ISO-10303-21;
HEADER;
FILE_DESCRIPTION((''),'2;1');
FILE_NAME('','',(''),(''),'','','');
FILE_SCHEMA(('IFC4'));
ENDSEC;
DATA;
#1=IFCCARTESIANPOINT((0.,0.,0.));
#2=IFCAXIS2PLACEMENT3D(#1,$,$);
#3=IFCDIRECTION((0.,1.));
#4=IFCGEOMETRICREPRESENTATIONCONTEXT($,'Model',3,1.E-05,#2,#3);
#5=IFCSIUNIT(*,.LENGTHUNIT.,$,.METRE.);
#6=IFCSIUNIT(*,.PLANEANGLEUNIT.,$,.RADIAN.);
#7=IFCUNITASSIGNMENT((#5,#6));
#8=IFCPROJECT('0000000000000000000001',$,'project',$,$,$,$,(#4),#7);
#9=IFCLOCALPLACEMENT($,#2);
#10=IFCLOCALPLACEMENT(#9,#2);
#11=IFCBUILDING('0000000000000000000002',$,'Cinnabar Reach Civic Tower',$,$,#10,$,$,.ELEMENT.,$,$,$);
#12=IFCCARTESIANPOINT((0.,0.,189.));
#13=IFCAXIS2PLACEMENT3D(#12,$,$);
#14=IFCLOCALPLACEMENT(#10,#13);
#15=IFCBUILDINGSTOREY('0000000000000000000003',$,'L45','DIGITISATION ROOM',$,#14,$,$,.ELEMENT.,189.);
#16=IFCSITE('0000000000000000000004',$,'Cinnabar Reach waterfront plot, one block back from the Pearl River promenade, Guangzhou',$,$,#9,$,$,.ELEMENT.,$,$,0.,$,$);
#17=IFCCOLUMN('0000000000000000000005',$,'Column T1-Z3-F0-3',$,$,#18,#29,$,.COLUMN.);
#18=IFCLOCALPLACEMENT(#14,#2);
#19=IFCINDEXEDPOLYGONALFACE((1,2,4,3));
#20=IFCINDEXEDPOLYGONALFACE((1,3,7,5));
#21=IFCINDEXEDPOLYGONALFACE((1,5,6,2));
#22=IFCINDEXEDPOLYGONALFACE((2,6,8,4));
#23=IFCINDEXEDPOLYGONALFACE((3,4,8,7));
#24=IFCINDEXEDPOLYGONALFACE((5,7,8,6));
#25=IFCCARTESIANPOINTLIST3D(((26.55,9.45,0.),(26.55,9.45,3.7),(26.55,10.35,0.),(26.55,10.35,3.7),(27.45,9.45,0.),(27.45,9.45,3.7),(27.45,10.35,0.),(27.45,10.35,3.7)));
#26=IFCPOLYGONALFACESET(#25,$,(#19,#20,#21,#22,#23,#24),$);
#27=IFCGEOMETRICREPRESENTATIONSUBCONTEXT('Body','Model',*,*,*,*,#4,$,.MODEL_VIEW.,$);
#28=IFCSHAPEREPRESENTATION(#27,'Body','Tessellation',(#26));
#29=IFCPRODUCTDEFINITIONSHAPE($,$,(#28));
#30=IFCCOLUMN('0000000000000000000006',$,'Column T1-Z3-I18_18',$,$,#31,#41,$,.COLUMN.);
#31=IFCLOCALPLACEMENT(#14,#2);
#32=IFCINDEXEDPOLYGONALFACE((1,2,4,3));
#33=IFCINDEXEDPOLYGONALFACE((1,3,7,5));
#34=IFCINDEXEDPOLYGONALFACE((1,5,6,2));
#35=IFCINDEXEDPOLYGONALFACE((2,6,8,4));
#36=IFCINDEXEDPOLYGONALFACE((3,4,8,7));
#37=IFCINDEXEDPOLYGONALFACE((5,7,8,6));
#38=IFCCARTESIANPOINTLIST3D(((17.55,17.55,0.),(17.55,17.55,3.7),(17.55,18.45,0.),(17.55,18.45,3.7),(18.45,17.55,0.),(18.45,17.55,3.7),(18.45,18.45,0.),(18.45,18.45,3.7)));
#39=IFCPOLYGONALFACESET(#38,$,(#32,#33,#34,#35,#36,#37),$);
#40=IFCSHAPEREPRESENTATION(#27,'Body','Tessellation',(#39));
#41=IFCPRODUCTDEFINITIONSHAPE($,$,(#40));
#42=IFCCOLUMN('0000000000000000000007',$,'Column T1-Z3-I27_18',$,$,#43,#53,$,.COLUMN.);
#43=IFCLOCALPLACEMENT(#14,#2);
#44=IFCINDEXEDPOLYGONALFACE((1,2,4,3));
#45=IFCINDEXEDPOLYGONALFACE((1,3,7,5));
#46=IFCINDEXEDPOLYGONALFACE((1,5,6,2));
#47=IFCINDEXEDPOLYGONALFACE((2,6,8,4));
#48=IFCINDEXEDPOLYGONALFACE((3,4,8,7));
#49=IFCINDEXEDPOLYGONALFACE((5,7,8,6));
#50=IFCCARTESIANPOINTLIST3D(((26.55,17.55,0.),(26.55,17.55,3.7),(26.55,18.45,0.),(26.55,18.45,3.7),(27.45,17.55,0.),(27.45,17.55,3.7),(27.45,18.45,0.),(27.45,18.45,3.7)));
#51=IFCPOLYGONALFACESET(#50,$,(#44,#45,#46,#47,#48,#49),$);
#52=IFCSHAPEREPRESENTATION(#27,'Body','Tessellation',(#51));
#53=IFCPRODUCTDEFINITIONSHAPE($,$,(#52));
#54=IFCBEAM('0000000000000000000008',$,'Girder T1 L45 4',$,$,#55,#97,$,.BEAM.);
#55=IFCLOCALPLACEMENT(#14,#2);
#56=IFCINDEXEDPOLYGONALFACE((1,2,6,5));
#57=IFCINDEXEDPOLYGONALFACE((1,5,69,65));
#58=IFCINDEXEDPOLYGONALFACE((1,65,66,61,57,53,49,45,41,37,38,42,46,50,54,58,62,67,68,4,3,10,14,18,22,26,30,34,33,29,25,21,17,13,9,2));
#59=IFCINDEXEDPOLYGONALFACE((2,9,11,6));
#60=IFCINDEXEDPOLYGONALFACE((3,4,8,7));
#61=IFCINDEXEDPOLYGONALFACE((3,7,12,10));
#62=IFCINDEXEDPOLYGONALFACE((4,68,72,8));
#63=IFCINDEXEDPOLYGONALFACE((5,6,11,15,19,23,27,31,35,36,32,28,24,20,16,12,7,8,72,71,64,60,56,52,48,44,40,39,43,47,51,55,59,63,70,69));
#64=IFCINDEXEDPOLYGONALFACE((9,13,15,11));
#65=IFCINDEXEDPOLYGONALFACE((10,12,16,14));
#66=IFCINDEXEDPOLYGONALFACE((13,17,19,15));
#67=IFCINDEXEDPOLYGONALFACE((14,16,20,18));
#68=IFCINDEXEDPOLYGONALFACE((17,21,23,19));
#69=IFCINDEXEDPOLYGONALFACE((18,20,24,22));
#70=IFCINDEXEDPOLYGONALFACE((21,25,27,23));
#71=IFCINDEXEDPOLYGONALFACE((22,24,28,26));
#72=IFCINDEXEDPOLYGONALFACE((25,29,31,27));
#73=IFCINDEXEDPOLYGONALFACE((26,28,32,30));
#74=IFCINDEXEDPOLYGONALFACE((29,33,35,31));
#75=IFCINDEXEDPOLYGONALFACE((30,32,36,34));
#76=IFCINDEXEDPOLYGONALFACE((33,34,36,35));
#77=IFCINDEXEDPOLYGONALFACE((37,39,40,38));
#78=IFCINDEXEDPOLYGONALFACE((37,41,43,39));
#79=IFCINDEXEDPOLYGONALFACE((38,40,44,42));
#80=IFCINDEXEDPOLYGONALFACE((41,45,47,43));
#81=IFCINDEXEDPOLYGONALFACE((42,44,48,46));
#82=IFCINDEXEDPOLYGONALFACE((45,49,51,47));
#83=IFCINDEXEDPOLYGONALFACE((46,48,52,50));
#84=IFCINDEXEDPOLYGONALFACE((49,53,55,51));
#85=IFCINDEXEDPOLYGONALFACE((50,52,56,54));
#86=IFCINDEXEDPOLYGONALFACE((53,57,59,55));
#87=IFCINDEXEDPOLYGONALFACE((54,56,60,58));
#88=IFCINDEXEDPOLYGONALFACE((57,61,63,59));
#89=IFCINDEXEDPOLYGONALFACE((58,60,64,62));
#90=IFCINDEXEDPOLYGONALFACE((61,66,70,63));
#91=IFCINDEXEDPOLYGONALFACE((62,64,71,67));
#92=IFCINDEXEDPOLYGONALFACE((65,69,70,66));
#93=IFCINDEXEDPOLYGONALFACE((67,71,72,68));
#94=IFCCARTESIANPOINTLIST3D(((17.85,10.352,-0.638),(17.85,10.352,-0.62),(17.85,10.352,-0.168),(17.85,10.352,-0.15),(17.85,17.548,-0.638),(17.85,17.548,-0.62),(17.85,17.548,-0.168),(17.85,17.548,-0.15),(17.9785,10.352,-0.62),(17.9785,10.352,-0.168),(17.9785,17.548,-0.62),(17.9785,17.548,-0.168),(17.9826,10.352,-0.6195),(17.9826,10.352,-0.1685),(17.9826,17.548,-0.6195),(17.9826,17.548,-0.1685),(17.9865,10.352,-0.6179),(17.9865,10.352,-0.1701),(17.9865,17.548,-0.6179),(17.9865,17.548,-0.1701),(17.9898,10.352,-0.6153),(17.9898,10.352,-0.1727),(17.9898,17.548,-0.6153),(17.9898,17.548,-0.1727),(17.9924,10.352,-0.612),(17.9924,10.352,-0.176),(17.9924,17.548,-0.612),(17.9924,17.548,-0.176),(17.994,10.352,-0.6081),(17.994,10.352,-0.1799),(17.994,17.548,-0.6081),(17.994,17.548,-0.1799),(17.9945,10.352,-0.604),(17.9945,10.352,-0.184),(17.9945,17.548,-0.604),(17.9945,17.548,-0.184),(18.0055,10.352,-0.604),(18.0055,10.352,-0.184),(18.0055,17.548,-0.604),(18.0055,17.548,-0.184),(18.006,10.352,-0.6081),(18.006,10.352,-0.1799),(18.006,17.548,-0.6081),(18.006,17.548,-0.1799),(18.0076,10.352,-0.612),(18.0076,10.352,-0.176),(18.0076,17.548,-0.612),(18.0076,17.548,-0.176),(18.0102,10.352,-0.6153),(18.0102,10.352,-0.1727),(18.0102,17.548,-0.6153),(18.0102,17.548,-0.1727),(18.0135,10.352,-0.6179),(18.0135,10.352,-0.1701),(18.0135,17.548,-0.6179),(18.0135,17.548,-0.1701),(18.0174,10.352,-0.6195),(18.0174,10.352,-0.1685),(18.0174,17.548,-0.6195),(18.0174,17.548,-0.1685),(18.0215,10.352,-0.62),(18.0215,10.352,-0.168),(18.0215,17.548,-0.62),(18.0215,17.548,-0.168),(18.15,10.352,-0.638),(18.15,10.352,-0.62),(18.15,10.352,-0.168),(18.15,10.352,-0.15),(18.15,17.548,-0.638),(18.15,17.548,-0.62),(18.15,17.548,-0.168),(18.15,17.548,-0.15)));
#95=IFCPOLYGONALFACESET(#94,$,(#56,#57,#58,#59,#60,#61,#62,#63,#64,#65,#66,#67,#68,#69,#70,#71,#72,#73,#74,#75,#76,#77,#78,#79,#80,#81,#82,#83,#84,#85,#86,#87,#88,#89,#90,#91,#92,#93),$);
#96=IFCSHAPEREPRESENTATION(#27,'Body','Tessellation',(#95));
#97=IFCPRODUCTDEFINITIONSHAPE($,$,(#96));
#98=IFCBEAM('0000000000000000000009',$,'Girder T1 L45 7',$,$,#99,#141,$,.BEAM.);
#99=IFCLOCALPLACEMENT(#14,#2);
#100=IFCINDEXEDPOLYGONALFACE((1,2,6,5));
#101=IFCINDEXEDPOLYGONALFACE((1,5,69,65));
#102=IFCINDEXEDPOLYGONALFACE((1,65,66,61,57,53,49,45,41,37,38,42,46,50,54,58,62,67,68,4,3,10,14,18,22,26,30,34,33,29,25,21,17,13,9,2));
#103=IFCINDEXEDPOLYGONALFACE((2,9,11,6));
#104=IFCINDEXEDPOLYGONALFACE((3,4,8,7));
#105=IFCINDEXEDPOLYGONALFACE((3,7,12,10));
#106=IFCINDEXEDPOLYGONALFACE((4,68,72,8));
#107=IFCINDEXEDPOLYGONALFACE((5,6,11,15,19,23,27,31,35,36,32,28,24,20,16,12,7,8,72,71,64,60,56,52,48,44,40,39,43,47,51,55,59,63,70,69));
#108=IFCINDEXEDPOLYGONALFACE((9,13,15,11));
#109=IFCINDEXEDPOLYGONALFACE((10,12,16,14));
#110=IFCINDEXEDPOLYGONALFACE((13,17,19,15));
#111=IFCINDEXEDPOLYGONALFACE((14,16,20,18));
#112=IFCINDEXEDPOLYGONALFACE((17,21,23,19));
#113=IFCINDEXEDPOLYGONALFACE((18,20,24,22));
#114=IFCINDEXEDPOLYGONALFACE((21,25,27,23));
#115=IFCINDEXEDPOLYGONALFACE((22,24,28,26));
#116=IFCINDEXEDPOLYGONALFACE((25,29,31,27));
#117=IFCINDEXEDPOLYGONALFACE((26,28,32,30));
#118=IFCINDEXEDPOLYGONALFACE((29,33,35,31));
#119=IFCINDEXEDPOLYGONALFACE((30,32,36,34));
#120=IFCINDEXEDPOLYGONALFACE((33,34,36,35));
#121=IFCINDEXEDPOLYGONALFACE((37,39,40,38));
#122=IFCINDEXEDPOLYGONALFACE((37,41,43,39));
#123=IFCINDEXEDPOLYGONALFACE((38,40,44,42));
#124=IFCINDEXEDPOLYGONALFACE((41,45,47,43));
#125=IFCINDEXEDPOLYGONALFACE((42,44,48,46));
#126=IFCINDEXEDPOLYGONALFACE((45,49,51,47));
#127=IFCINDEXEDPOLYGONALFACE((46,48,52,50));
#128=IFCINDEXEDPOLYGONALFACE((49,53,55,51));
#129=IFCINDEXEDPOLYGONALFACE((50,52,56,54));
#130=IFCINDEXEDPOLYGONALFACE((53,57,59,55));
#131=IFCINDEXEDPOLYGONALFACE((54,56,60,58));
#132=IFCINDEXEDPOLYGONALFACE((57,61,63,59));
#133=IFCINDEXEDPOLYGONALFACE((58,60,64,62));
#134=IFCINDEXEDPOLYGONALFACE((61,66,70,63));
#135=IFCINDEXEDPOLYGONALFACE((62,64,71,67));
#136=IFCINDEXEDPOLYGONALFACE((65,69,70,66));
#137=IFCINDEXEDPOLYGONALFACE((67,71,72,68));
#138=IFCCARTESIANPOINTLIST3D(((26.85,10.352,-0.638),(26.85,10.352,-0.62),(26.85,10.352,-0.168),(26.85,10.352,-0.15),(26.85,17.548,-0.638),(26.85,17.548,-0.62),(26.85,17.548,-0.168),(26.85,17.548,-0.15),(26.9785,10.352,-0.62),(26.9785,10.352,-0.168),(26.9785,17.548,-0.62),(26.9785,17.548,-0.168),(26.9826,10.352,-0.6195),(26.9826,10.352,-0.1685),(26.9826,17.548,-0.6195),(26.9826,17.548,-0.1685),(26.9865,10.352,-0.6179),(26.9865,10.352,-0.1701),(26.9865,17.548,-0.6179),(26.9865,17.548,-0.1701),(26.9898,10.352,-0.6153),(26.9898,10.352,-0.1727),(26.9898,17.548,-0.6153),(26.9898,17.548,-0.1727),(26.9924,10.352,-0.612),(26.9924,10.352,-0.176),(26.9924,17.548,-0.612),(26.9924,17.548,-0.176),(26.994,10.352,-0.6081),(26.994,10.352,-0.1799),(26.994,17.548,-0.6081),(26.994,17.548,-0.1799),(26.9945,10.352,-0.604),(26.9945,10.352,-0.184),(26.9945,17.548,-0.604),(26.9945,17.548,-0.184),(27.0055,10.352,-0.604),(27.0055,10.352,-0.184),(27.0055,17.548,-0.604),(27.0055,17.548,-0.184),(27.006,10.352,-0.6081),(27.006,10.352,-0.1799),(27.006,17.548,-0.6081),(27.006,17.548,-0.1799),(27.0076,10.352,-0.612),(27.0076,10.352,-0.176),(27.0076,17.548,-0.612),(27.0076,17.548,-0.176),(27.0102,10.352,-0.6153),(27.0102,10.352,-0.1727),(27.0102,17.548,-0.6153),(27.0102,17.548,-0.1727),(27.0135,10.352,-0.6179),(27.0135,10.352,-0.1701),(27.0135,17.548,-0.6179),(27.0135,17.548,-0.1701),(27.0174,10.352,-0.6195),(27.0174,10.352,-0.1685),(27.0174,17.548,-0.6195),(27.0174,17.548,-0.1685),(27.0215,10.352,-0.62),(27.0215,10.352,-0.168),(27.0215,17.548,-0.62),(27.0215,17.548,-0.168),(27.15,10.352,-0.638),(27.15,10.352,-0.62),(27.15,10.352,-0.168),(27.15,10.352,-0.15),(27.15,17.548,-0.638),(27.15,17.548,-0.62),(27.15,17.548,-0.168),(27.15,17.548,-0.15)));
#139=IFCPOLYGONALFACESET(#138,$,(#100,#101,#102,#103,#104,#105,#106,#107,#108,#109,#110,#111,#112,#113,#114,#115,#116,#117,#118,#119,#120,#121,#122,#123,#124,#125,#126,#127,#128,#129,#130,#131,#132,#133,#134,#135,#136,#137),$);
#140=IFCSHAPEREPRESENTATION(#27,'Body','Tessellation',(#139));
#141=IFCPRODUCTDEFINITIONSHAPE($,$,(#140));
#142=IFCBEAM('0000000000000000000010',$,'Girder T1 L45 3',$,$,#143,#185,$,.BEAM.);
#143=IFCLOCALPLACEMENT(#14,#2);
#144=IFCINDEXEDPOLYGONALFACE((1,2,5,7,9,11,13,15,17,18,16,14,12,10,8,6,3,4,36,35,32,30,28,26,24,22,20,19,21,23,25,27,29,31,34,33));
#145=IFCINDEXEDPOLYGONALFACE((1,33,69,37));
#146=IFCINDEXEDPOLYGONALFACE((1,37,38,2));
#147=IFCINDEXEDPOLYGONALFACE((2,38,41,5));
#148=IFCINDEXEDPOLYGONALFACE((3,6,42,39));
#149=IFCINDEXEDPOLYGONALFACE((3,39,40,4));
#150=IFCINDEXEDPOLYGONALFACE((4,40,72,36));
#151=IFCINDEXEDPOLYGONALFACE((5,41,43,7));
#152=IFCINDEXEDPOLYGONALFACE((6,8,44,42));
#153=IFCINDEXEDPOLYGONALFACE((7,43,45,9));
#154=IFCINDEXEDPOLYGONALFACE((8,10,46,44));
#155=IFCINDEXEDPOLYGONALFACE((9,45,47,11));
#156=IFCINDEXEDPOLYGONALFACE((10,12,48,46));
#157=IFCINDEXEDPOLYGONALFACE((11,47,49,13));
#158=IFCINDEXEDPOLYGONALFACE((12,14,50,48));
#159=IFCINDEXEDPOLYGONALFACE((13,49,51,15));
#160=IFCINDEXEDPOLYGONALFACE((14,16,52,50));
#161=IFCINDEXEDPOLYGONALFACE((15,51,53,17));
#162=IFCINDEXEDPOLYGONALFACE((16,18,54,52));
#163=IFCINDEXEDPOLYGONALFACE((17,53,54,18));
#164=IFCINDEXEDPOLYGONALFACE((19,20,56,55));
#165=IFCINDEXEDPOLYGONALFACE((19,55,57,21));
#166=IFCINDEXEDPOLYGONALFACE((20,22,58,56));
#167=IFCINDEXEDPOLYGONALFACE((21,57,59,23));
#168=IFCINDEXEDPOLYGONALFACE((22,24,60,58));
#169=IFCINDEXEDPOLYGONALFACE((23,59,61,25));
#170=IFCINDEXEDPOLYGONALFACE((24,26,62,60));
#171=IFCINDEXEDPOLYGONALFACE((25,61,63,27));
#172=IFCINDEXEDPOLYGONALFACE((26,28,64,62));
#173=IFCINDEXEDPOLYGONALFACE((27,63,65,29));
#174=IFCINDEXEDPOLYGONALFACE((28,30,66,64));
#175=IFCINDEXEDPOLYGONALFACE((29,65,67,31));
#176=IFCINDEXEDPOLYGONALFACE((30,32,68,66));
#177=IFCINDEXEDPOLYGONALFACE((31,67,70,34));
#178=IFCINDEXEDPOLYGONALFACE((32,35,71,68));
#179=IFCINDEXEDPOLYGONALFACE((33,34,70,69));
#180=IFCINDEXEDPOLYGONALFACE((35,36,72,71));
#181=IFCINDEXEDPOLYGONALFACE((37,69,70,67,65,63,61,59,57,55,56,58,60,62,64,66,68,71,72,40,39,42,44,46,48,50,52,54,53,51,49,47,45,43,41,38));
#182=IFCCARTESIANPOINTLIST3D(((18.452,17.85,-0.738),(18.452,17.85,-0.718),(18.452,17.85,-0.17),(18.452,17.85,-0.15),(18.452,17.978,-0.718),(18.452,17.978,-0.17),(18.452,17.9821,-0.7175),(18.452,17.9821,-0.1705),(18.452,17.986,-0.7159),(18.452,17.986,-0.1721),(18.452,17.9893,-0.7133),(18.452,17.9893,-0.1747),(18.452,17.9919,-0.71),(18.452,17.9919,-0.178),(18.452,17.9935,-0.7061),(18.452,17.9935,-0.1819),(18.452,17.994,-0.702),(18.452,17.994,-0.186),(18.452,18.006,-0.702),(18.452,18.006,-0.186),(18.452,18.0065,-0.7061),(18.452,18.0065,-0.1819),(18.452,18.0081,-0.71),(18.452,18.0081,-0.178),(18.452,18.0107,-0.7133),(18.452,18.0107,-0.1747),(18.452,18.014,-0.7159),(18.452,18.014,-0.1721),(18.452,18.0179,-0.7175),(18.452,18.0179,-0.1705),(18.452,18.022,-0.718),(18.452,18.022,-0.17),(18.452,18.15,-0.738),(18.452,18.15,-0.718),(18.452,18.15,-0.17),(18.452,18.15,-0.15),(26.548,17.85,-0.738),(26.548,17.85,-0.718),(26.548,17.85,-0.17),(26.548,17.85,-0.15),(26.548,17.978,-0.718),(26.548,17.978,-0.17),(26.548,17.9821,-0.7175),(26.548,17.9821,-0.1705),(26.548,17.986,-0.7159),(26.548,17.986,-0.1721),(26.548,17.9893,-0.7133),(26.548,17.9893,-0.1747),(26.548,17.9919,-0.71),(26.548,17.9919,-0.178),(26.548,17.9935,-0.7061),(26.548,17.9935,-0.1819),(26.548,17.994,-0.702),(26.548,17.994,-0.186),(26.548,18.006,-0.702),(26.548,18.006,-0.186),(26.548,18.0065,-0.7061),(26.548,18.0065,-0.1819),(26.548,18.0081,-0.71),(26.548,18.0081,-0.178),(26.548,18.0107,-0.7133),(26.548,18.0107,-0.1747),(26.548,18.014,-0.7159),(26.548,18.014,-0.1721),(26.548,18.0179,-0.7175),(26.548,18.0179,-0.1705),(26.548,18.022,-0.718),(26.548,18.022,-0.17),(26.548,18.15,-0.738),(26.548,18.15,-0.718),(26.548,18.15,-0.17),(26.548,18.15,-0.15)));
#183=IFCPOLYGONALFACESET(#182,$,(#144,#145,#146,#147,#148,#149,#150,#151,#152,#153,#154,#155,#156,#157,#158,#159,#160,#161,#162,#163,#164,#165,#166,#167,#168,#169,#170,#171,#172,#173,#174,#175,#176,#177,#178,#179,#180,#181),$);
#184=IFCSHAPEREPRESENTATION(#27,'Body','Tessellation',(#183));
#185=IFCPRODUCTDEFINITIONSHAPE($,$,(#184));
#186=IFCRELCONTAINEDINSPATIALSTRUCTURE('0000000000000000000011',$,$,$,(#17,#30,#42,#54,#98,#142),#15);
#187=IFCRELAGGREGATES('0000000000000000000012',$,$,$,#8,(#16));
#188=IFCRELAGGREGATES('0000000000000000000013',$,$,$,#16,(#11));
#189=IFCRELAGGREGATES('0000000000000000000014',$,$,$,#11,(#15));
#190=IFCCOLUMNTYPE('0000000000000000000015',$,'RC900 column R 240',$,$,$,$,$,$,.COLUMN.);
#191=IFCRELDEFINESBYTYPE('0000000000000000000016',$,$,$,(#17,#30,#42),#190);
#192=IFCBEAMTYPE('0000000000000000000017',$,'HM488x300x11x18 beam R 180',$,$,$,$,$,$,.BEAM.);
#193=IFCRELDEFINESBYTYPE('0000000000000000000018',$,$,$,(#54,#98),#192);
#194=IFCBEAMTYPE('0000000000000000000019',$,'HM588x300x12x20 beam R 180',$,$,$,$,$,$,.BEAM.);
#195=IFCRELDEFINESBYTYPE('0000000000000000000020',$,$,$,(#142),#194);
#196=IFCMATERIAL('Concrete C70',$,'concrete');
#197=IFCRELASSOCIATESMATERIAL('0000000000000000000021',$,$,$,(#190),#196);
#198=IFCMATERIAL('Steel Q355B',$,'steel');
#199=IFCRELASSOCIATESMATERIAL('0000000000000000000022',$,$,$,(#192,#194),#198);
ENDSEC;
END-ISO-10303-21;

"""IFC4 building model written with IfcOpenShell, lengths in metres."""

from ifc_helpers import new_model, si_unit, direction, frame, origin, origin_2d, place, context, subcontext, project, spatial, rectangle, i_section, extrude, material, material_profile, profile_set, type_object, element, save


model = new_model("IFC4")

# Units and contexts
model_context = context("Model", 3, precision=1e-05, world=origin(), true_north=direction((0.0, 1.0)))
body_context = subcontext(model_context, "Body", "Model", "MODEL_VIEW")
ifc_project = project(units=[si_unit("LENGTHUNIT", "METRE"), si_unit("PLANEANGLEUNIT", "RADIAN")], contexts=[model_context])

# Site, building, storey
site_placement = place(None, origin())
site = spatial("IfcSite", under=ifc_project, at=site_placement, Name="Cinnabar Reach waterfront plot, one block back from the Pearl River promenade, Guangzhou", CompositionType="ELEMENT", RefElevation=0.0)
building_placement = place(site_placement, origin())
building = spatial("IfcBuilding", under=site, at=building_placement, Name="Cinnabar Reach Civic Tower", CompositionType="ELEMENT")
storey_placement = place(building_placement, frame((0.0, 0.0, 189.0)))
storey = spatial("IfcBuildingStorey", under=building, at=storey_placement, Name="L45", Description="DIGITISATION ROOM", CompositionType="ELEMENT", Elevation=189.0)

# Columns
ifc_material_1 = material(Name="Concrete C70", Category="concrete")
ifc_material_profile_1 = material_profile(ifc_material_1, rectangle(XDim=0.9, YDim=0.9, at=origin_2d()), Name="RC900")
ifc_profile_set_1 = profile_set([ifc_material_profile_1], Name="Concrete C70")
column_type = type_object("IfcColumnType", Name="RC900 column R 240", PredefinedType="COLUMN", material=ifc_profile_set_1)
for number, where, z_axis, x_axis, name in (
    (1, (27.0, 9.9, 0.0), (0.0, 0.0, 1.0), (1.0, 0.0, 0.0), "Column T1-Z3-F0-3"),
    (2, (18.0, 18.0, 0.0), (0.0, 0.0, 1.0), (1.0, 0.0, 0.0), "Column T1-Z3-I18_18"),
    (3, (27.0, 18.0, 0.0), (0.0, 0.0, 1.0), (1.0, 0.0, 0.0), "Column T1-Z3-I27_18"),
):
    element("IfcColumn", number, at=place(storey_placement, frame(where, z_axis=z_axis, x_axis=x_axis)), inside=storey, type_object=column_type, Name=name, PredefinedType="COLUMN", context=body_context, shape_type="SweptSolid", body=[
        extrude(rectangle(XDim=0.9, YDim=0.9, at=origin_2d()), origin(), (0.0, 0.0, 1.0), 3.7),
    ])

# Beams
ifc_material_2 = material(Name="Steel Q355B", Category="steel")
ifc_material_profile_2 = material_profile(ifc_material_2, i_section(OverallWidth=0.3, OverallDepth=0.488, WebThickness=0.011, FlangeThickness=0.018, FilletRadius=0.016, at=origin_2d()), Name="HM488x300x11x18")
ifc_profile_set_2 = profile_set([ifc_material_profile_2], Name="Steel Q355B")
beam_type_1 = type_object("IfcBeamType", Name="HM488x300x11x18 beam R 180", PredefinedType="BEAM", material=ifc_profile_set_2)
for number, where, z_axis, x_axis, name in (
    (4, (18.0, 10.352, -0.394), (0.0, 1.0, 0.0), (-1.0, 0.0, 0.0), "Girder T1 L45 4"),
    (5, (27.0, 10.352, -0.394), (0.0, 1.0, 0.0), (-1.0, 0.0, 0.0), "Girder T1 L45 7"),
):
    element("IfcBeam", number, at=place(storey_placement, frame(where, z_axis=z_axis, x_axis=x_axis)), inside=storey, type_object=beam_type_1, Name=name, PredefinedType="BEAM", context=body_context, shape_type="SweptSolid", body=[
        extrude(i_section(OverallWidth=0.3, OverallDepth=0.488, WebThickness=0.011, FlangeThickness=0.018, FilletRadius=0.016, at=origin_2d()), origin(), (0.0, 0.0, 1.0), 7.196),
    ])
ifc_material_profile_3 = material_profile(ifc_material_2, i_section(OverallWidth=0.3, OverallDepth=0.588, WebThickness=0.012, FlangeThickness=0.02, FilletRadius=0.016, at=origin_2d()), Name="HM588x300x12x20")
ifc_profile_set_3 = profile_set([ifc_material_profile_3], Name="Steel Q355B")
beam_type_2 = type_object("IfcBeamType", Name="HM588x300x12x20 beam R 180", PredefinedType="BEAM", material=ifc_profile_set_3)
beam_1_placement = place(storey_placement, frame((18.452, 18.0, -0.444), z_axis=(1.0, 0.0, 0.0), x_axis=(0.0, 1.0, 0.0)))
element("IfcBeam", 6, at=beam_1_placement, inside=storey, type_object=beam_type_2, Name="Girder T1 L45 3", PredefinedType="BEAM", context=body_context, shape_type="SweptSolid", body=[
    extrude(i_section(OverallWidth=0.3, OverallDepth=0.588, WebThickness=0.012, FlangeThickness=0.02, FilletRadius=0.016, at=origin_2d()), origin(), (0.0, 0.0, 1.0), 8.096),
])

save(model, "model.ifc")
